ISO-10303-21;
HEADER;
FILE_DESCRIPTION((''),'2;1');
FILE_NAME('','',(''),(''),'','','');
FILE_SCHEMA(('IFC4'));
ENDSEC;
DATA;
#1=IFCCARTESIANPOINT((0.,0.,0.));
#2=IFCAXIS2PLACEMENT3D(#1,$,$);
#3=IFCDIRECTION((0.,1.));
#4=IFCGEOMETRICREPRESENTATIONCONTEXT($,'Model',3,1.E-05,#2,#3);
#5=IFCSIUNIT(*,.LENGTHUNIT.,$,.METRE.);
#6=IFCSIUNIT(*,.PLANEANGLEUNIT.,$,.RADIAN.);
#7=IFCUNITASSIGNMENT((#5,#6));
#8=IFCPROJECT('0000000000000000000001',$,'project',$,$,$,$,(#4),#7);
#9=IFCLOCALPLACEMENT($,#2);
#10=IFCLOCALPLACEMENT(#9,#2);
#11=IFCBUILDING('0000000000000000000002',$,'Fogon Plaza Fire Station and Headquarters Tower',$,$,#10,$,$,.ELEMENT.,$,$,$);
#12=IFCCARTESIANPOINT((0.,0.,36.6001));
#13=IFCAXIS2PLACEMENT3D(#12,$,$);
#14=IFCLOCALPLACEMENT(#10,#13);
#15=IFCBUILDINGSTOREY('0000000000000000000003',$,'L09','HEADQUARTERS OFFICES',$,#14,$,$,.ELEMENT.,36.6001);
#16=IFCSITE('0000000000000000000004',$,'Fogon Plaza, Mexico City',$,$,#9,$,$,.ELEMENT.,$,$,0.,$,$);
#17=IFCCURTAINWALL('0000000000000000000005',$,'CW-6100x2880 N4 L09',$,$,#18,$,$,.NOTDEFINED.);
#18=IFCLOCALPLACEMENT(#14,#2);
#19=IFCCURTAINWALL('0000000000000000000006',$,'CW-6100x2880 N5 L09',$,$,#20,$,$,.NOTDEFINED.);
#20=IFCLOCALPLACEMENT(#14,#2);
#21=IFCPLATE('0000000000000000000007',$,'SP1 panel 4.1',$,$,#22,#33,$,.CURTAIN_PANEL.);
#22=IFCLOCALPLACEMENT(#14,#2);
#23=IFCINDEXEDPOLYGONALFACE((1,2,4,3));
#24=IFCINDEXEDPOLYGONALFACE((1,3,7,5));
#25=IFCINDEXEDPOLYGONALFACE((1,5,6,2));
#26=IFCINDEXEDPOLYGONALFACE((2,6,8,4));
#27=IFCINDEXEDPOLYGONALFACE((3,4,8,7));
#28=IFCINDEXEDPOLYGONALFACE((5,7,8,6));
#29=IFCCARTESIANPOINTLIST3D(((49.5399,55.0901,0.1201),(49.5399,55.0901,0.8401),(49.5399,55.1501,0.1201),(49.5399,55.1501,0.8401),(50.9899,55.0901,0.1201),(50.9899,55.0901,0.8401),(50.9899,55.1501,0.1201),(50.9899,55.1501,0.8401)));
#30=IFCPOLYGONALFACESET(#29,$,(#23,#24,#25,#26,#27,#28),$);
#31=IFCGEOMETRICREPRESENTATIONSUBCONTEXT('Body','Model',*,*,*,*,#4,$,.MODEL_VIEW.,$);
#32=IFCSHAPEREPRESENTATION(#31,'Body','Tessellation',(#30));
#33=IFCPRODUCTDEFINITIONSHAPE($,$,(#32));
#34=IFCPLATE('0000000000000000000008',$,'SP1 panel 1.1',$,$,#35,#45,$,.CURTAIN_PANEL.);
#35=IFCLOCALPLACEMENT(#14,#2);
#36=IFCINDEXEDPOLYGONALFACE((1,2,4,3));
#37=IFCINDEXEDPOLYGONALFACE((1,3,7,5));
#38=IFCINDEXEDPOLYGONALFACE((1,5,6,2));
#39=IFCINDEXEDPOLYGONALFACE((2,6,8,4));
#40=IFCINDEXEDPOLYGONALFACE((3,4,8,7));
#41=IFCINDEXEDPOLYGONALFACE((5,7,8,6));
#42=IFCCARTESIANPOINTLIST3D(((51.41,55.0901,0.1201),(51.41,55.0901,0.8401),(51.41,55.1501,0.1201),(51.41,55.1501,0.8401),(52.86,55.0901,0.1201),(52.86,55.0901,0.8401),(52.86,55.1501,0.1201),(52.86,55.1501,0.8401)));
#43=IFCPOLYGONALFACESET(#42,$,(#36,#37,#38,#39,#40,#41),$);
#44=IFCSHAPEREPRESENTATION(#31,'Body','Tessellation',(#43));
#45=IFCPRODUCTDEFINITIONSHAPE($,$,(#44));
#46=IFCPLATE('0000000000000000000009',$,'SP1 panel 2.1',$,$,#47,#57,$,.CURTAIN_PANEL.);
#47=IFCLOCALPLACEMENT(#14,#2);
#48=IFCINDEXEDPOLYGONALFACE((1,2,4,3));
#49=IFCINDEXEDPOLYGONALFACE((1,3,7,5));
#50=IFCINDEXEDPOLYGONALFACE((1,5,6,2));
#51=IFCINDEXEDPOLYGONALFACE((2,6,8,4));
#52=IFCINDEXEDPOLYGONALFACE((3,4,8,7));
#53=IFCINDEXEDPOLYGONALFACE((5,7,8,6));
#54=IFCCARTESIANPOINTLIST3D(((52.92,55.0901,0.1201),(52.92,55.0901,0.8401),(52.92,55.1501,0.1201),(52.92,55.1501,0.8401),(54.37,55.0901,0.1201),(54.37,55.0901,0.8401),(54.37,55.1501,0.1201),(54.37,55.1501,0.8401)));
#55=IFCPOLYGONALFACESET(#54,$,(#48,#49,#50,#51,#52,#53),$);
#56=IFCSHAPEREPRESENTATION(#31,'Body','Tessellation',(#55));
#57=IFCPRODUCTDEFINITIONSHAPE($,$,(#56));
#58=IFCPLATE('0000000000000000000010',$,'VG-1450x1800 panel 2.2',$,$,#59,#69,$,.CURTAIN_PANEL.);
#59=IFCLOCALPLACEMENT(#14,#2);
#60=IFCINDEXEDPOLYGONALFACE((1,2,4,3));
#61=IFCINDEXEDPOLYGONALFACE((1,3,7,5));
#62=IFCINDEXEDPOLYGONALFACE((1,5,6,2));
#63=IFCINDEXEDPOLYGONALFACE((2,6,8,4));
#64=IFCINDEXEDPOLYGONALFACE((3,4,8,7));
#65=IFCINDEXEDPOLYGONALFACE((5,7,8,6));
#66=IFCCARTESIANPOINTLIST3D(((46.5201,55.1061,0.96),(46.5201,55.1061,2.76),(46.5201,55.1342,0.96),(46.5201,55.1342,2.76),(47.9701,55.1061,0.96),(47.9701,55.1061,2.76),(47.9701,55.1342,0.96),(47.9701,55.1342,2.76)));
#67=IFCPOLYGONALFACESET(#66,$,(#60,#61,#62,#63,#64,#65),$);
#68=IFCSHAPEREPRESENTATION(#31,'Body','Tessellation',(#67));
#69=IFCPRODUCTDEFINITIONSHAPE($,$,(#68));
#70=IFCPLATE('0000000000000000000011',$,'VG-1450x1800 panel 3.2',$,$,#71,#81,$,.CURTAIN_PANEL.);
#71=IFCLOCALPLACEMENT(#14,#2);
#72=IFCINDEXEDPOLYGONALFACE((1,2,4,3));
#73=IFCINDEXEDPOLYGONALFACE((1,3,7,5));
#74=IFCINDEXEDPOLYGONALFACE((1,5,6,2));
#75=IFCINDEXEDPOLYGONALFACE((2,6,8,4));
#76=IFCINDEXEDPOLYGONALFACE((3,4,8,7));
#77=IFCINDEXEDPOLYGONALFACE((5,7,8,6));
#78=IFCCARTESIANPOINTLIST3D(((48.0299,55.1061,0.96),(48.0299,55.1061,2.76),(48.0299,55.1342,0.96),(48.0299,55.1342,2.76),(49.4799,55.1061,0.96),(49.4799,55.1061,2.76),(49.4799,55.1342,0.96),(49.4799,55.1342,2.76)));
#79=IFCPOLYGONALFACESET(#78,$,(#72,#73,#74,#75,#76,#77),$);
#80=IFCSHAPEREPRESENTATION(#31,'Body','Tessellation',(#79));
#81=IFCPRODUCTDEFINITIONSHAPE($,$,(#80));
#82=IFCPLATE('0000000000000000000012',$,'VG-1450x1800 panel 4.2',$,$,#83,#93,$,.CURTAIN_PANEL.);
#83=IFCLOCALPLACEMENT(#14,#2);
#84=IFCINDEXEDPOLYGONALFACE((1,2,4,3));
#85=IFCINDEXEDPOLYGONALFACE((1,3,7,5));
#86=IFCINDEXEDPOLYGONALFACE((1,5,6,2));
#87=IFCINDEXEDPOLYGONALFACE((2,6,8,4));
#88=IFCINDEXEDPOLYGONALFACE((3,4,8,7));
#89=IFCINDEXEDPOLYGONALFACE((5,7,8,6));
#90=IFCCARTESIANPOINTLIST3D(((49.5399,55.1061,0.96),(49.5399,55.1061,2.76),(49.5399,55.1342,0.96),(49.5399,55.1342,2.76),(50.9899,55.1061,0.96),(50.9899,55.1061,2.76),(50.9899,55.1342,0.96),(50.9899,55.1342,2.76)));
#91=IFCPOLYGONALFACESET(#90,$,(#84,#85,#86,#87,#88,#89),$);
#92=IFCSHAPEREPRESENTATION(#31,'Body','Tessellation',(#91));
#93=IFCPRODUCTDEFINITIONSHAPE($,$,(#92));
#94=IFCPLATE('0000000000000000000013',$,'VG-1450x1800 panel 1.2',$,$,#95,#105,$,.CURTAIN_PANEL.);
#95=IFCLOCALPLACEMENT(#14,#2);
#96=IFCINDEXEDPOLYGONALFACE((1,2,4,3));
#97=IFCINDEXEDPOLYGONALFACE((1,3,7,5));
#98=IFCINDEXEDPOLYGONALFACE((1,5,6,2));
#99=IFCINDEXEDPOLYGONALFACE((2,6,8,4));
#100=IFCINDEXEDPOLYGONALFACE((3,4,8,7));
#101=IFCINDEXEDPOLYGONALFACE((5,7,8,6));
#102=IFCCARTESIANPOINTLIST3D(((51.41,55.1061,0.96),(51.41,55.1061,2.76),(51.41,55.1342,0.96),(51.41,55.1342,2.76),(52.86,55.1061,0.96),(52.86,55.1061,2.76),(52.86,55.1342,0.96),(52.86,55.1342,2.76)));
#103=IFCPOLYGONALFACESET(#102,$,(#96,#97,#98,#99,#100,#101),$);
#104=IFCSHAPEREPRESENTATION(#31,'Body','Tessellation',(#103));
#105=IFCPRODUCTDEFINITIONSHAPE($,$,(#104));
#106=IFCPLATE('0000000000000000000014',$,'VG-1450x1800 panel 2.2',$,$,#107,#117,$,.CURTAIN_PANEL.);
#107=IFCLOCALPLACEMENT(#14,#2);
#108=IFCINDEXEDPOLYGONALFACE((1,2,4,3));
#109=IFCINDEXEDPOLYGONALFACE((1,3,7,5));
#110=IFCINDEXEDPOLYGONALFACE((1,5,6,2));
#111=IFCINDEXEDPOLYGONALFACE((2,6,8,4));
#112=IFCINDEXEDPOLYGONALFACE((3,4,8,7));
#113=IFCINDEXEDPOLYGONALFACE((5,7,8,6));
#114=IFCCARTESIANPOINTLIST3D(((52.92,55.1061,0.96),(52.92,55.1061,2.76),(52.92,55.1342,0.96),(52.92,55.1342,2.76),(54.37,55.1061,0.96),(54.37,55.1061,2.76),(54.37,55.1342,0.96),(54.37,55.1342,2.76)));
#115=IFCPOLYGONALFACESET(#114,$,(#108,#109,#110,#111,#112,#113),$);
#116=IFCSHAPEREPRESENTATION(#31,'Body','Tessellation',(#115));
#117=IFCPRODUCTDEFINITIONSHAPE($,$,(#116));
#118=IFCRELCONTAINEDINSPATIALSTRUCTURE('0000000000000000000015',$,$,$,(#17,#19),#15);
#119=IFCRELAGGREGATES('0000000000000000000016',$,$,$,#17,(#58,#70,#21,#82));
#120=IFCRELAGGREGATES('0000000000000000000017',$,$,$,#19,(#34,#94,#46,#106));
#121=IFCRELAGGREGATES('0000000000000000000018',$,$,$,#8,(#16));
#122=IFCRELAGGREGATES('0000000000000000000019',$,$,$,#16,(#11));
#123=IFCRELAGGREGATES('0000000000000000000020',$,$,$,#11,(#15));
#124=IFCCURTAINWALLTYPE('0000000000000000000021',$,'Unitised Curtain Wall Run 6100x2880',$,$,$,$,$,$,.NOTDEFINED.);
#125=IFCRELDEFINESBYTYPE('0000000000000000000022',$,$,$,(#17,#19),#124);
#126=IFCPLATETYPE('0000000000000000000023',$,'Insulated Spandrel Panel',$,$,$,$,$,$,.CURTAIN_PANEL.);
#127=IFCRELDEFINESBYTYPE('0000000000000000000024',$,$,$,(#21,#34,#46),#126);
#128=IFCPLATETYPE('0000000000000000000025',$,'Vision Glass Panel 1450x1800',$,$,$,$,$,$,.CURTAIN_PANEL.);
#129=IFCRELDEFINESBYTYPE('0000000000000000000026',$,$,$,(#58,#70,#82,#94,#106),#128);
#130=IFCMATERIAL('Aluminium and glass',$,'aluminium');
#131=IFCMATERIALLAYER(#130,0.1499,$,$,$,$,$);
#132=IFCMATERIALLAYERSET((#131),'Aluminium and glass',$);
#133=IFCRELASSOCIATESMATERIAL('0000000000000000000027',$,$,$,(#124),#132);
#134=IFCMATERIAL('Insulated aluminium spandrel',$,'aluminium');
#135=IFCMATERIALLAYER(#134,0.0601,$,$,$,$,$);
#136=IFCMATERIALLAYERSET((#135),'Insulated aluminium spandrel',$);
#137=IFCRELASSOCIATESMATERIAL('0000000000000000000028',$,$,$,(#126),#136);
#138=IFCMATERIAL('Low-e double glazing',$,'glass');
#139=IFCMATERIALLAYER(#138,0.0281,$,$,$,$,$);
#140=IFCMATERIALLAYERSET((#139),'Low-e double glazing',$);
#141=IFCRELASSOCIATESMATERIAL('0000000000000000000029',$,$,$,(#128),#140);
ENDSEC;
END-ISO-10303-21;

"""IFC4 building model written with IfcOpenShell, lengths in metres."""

from ifc_helpers import new_model, si_unit, direction, frame, origin, origin_2d, place, context, subcontext, project, spatial, rectangle, extrude, material, layer, layer_set, type_object, element, aggregate, save


model = new_model("IFC4")

# Units and contexts
model_context = context("Model", 3, precision=1e-05, world=origin(), true_north=direction((0.0, 1.0)))
body_context = subcontext(model_context, "Body", "Model", "MODEL_VIEW")
ifc_project = project(units=[si_unit("LENGTHUNIT", "METRE"), si_unit("PLANEANGLEUNIT", "RADIAN")], contexts=[model_context])

# Site, building, storey
site_placement = place(None, origin())
site = spatial("IfcSite", under=ifc_project, at=site_placement, Name="Fogon Plaza, Mexico City", CompositionType="ELEMENT", RefElevation=0.0)
building_placement = place(site_placement, origin())
building = spatial("IfcBuilding", under=site, at=building_placement, Name="Fogon Plaza Fire Station and Headquarters Tower", CompositionType="ELEMENT")
storey_placement = place(building_placement, frame((0.0, 0.0, 36.6001)))
storey = spatial("IfcBuildingStorey", under=building, at=storey_placement, Name="L09", Description="HEADQUARTERS OFFICES", CompositionType="ELEMENT", Elevation=36.6001)

# Curtain walls
ifc_material_1 = material(Name="Aluminium and glass", Category="aluminium")
ifc_layer_1 = layer(ifc_material_1, 0.1499)
ifc_layer_set_1 = layer_set([ifc_layer_1], Name="Aluminium and glass")
curtain_wall_type = type_object("IfcCurtainWallType", Name="Unitised Curtain Wall Run 6100x2880", PredefinedType="NOTDEFINED", material=ifc_layer_set_1)
curtain_wall_1_placement = place(storey_placement, origin())
curtain_wall_1 = element("IfcCurtainWall", 1, at=curtain_wall_1_placement, inside=storey, type_object=curtain_wall_type, Name="CW-6100x2880 N4 L09", PredefinedType="NOTDEFINED")
curtain_wall_2_placement = place(storey_placement, origin())
curtain_wall_2 = element("IfcCurtainWall", 2, at=curtain_wall_2_placement, inside=storey, type_object=curtain_wall_type, Name="CW-6100x2880 N5 L09", PredefinedType="NOTDEFINED")

# Plates
ifc_material_2 = material(Name="Insulated aluminium spandrel", Category="aluminium")
ifc_layer_2 = layer(ifc_material_2, 0.0601)
ifc_layer_set_2 = layer_set([ifc_layer_2], Name="Insulated aluminium spandrel")
plate_type_1 = type_object("IfcPlateType", Name="Insulated Spandrel Panel", PredefinedType="CURTAIN_PANEL", material=ifc_layer_set_2)
plate_1_placement = place(storey_placement, frame((50.2649, 55.1201, 0.1201), z_axis=(0.0, 0.0, 1.0), x_axis=(1.0, 0.0, 0.0)))
plate_1 = element("IfcPlate", 3, at=plate_1_placement, type_object=plate_type_1, Name="SP1 panel 4.1", PredefinedType="CURTAIN_PANEL", context=body_context, shape_type="SweptSolid", body=[
    extrude(rectangle(XDim=1.45, YDim=0.0601, at=origin_2d()), origin(), (0.0, 0.0, 1.0), 0.72),
])
plate_2_placement = place(storey_placement, frame((52.135, 55.1201, 0.1201), z_axis=(0.0, 0.0, 1.0), x_axis=(1.0, 0.0, 0.0)))
plate_2 = element("IfcPlate", 4, at=plate_2_placement, type_object=plate_type_1, Name="SP1 panel 1.1", PredefinedType="CURTAIN_PANEL", context=body_context, shape_type="SweptSolid", body=[
    extrude(rectangle(XDim=1.45, YDim=0.0601, at=origin_2d()), origin(), (0.0, 0.0, 1.0), 0.72),
])
plate_3_placement = place(storey_placement, frame((53.645, 55.1201, 0.1201), z_axis=(0.0, 0.0, 1.0), x_axis=(1.0, 0.0, 0.0)))
plate_3 = element("IfcPlate", 5, at=plate_3_placement, type_object=plate_type_1, Name="SP1 panel 2.1", PredefinedType="CURTAIN_PANEL", context=body_context, shape_type="SweptSolid", body=[
    extrude(rectangle(XDim=1.45, YDim=0.0601, at=origin_2d()), origin(), (0.0, 0.0, 1.0), 0.72),
])
ifc_material_3 = material(Name="Low-e double glazing", Category="glass")
ifc_layer_3 = layer(ifc_material_3, 0.0281)
ifc_layer_set_3 = layer_set([ifc_layer_3], Name="Low-e double glazing")
plate_type_2 = type_object("IfcPlateType", Name="Vision Glass Panel 1450x1800", PredefinedType="CURTAIN_PANEL", material=ifc_layer_set_3)
plate_4_placement = place(storey_placement, frame((47.2451, 55.1201, 0.96), z_axis=(0.0, 0.0, 1.0), x_axis=(1.0, 0.0, 0.0)))
plate_4 = element("IfcPlate", 6, at=plate_4_placement, type_object=plate_type_2, Name="VG-1450x1800 panel 2.2", PredefinedType="CURTAIN_PANEL", context=body_context, shape_type="SweptSolid", body=[
    extrude(rectangle(XDim=1.45, YDim=0.0281, at=origin_2d()), origin(), (0.0, 0.0, 1.0), 1.8),
])
plate_5_placement = place(storey_placement, frame((48.7549, 55.1201, 0.96), z_axis=(0.0, 0.0, 1.0), x_axis=(1.0, 0.0, 0.0)))
plate_5 = element("IfcPlate", 7, at=plate_5_placement, type_object=plate_type_2, Name="VG-1450x1800 panel 3.2", PredefinedType="CURTAIN_PANEL", context=body_context, shape_type="SweptSolid", body=[
    extrude(rectangle(XDim=1.45, YDim=0.0281, at=origin_2d()), origin(), (0.0, 0.0, 1.0), 1.8),
])
plate_6_placement = place(storey_placement, frame((50.2649, 55.1201, 0.96), z_axis=(0.0, 0.0, 1.0), x_axis=(1.0, 0.0, 0.0)))
plate_6 = element("IfcPlate", 8, at=plate_6_placement, type_object=plate_type_2, Name="VG-1450x1800 panel 4.2", PredefinedType="CURTAIN_PANEL", context=body_context, shape_type="SweptSolid", body=[
    extrude(rectangle(XDim=1.45, YDim=0.0281, at=origin_2d()), origin(), (0.0, 0.0, 1.0), 1.8),
])
aggregate(curtain_wall_1, [plate_4, plate_5, plate_1, plate_6])
plate_7_placement = place(storey_placement, frame((52.135, 55.1201, 0.96), z_axis=(0.0, 0.0, 1.0), x_axis=(1.0, 0.0, 0.0)))
plate_7 = element("IfcPlate", 9, at=plate_7_placement, type_object=plate_type_2, Name="VG-1450x1800 panel 1.2", PredefinedType="CURTAIN_PANEL", context=body_context, shape_type="SweptSolid", body=[
    extrude(rectangle(XDim=1.45, YDim=0.0281, at=origin_2d()), origin(), (0.0, 0.0, 1.0), 1.8),
])
plate_8_placement = place(storey_placement, frame((53.645, 55.1201, 0.96), z_axis=(0.0, 0.0, 1.0), x_axis=(1.0, 0.0, 0.0)))
plate_8 = element("IfcPlate", 10, at=plate_8_placement, type_object=plate_type_2, Name="VG-1450x1800 panel 2.2", PredefinedType="CURTAIN_PANEL", context=body_context, shape_type="SweptSolid", body=[
    extrude(rectangle(XDim=1.45, YDim=0.0281, at=origin_2d()), origin(), (0.0, 0.0, 1.0), 1.8),
])
aggregate(curtain_wall_2, [plate_2, plate_7, plate_3, plate_8])

save(model, "model.ifc")
